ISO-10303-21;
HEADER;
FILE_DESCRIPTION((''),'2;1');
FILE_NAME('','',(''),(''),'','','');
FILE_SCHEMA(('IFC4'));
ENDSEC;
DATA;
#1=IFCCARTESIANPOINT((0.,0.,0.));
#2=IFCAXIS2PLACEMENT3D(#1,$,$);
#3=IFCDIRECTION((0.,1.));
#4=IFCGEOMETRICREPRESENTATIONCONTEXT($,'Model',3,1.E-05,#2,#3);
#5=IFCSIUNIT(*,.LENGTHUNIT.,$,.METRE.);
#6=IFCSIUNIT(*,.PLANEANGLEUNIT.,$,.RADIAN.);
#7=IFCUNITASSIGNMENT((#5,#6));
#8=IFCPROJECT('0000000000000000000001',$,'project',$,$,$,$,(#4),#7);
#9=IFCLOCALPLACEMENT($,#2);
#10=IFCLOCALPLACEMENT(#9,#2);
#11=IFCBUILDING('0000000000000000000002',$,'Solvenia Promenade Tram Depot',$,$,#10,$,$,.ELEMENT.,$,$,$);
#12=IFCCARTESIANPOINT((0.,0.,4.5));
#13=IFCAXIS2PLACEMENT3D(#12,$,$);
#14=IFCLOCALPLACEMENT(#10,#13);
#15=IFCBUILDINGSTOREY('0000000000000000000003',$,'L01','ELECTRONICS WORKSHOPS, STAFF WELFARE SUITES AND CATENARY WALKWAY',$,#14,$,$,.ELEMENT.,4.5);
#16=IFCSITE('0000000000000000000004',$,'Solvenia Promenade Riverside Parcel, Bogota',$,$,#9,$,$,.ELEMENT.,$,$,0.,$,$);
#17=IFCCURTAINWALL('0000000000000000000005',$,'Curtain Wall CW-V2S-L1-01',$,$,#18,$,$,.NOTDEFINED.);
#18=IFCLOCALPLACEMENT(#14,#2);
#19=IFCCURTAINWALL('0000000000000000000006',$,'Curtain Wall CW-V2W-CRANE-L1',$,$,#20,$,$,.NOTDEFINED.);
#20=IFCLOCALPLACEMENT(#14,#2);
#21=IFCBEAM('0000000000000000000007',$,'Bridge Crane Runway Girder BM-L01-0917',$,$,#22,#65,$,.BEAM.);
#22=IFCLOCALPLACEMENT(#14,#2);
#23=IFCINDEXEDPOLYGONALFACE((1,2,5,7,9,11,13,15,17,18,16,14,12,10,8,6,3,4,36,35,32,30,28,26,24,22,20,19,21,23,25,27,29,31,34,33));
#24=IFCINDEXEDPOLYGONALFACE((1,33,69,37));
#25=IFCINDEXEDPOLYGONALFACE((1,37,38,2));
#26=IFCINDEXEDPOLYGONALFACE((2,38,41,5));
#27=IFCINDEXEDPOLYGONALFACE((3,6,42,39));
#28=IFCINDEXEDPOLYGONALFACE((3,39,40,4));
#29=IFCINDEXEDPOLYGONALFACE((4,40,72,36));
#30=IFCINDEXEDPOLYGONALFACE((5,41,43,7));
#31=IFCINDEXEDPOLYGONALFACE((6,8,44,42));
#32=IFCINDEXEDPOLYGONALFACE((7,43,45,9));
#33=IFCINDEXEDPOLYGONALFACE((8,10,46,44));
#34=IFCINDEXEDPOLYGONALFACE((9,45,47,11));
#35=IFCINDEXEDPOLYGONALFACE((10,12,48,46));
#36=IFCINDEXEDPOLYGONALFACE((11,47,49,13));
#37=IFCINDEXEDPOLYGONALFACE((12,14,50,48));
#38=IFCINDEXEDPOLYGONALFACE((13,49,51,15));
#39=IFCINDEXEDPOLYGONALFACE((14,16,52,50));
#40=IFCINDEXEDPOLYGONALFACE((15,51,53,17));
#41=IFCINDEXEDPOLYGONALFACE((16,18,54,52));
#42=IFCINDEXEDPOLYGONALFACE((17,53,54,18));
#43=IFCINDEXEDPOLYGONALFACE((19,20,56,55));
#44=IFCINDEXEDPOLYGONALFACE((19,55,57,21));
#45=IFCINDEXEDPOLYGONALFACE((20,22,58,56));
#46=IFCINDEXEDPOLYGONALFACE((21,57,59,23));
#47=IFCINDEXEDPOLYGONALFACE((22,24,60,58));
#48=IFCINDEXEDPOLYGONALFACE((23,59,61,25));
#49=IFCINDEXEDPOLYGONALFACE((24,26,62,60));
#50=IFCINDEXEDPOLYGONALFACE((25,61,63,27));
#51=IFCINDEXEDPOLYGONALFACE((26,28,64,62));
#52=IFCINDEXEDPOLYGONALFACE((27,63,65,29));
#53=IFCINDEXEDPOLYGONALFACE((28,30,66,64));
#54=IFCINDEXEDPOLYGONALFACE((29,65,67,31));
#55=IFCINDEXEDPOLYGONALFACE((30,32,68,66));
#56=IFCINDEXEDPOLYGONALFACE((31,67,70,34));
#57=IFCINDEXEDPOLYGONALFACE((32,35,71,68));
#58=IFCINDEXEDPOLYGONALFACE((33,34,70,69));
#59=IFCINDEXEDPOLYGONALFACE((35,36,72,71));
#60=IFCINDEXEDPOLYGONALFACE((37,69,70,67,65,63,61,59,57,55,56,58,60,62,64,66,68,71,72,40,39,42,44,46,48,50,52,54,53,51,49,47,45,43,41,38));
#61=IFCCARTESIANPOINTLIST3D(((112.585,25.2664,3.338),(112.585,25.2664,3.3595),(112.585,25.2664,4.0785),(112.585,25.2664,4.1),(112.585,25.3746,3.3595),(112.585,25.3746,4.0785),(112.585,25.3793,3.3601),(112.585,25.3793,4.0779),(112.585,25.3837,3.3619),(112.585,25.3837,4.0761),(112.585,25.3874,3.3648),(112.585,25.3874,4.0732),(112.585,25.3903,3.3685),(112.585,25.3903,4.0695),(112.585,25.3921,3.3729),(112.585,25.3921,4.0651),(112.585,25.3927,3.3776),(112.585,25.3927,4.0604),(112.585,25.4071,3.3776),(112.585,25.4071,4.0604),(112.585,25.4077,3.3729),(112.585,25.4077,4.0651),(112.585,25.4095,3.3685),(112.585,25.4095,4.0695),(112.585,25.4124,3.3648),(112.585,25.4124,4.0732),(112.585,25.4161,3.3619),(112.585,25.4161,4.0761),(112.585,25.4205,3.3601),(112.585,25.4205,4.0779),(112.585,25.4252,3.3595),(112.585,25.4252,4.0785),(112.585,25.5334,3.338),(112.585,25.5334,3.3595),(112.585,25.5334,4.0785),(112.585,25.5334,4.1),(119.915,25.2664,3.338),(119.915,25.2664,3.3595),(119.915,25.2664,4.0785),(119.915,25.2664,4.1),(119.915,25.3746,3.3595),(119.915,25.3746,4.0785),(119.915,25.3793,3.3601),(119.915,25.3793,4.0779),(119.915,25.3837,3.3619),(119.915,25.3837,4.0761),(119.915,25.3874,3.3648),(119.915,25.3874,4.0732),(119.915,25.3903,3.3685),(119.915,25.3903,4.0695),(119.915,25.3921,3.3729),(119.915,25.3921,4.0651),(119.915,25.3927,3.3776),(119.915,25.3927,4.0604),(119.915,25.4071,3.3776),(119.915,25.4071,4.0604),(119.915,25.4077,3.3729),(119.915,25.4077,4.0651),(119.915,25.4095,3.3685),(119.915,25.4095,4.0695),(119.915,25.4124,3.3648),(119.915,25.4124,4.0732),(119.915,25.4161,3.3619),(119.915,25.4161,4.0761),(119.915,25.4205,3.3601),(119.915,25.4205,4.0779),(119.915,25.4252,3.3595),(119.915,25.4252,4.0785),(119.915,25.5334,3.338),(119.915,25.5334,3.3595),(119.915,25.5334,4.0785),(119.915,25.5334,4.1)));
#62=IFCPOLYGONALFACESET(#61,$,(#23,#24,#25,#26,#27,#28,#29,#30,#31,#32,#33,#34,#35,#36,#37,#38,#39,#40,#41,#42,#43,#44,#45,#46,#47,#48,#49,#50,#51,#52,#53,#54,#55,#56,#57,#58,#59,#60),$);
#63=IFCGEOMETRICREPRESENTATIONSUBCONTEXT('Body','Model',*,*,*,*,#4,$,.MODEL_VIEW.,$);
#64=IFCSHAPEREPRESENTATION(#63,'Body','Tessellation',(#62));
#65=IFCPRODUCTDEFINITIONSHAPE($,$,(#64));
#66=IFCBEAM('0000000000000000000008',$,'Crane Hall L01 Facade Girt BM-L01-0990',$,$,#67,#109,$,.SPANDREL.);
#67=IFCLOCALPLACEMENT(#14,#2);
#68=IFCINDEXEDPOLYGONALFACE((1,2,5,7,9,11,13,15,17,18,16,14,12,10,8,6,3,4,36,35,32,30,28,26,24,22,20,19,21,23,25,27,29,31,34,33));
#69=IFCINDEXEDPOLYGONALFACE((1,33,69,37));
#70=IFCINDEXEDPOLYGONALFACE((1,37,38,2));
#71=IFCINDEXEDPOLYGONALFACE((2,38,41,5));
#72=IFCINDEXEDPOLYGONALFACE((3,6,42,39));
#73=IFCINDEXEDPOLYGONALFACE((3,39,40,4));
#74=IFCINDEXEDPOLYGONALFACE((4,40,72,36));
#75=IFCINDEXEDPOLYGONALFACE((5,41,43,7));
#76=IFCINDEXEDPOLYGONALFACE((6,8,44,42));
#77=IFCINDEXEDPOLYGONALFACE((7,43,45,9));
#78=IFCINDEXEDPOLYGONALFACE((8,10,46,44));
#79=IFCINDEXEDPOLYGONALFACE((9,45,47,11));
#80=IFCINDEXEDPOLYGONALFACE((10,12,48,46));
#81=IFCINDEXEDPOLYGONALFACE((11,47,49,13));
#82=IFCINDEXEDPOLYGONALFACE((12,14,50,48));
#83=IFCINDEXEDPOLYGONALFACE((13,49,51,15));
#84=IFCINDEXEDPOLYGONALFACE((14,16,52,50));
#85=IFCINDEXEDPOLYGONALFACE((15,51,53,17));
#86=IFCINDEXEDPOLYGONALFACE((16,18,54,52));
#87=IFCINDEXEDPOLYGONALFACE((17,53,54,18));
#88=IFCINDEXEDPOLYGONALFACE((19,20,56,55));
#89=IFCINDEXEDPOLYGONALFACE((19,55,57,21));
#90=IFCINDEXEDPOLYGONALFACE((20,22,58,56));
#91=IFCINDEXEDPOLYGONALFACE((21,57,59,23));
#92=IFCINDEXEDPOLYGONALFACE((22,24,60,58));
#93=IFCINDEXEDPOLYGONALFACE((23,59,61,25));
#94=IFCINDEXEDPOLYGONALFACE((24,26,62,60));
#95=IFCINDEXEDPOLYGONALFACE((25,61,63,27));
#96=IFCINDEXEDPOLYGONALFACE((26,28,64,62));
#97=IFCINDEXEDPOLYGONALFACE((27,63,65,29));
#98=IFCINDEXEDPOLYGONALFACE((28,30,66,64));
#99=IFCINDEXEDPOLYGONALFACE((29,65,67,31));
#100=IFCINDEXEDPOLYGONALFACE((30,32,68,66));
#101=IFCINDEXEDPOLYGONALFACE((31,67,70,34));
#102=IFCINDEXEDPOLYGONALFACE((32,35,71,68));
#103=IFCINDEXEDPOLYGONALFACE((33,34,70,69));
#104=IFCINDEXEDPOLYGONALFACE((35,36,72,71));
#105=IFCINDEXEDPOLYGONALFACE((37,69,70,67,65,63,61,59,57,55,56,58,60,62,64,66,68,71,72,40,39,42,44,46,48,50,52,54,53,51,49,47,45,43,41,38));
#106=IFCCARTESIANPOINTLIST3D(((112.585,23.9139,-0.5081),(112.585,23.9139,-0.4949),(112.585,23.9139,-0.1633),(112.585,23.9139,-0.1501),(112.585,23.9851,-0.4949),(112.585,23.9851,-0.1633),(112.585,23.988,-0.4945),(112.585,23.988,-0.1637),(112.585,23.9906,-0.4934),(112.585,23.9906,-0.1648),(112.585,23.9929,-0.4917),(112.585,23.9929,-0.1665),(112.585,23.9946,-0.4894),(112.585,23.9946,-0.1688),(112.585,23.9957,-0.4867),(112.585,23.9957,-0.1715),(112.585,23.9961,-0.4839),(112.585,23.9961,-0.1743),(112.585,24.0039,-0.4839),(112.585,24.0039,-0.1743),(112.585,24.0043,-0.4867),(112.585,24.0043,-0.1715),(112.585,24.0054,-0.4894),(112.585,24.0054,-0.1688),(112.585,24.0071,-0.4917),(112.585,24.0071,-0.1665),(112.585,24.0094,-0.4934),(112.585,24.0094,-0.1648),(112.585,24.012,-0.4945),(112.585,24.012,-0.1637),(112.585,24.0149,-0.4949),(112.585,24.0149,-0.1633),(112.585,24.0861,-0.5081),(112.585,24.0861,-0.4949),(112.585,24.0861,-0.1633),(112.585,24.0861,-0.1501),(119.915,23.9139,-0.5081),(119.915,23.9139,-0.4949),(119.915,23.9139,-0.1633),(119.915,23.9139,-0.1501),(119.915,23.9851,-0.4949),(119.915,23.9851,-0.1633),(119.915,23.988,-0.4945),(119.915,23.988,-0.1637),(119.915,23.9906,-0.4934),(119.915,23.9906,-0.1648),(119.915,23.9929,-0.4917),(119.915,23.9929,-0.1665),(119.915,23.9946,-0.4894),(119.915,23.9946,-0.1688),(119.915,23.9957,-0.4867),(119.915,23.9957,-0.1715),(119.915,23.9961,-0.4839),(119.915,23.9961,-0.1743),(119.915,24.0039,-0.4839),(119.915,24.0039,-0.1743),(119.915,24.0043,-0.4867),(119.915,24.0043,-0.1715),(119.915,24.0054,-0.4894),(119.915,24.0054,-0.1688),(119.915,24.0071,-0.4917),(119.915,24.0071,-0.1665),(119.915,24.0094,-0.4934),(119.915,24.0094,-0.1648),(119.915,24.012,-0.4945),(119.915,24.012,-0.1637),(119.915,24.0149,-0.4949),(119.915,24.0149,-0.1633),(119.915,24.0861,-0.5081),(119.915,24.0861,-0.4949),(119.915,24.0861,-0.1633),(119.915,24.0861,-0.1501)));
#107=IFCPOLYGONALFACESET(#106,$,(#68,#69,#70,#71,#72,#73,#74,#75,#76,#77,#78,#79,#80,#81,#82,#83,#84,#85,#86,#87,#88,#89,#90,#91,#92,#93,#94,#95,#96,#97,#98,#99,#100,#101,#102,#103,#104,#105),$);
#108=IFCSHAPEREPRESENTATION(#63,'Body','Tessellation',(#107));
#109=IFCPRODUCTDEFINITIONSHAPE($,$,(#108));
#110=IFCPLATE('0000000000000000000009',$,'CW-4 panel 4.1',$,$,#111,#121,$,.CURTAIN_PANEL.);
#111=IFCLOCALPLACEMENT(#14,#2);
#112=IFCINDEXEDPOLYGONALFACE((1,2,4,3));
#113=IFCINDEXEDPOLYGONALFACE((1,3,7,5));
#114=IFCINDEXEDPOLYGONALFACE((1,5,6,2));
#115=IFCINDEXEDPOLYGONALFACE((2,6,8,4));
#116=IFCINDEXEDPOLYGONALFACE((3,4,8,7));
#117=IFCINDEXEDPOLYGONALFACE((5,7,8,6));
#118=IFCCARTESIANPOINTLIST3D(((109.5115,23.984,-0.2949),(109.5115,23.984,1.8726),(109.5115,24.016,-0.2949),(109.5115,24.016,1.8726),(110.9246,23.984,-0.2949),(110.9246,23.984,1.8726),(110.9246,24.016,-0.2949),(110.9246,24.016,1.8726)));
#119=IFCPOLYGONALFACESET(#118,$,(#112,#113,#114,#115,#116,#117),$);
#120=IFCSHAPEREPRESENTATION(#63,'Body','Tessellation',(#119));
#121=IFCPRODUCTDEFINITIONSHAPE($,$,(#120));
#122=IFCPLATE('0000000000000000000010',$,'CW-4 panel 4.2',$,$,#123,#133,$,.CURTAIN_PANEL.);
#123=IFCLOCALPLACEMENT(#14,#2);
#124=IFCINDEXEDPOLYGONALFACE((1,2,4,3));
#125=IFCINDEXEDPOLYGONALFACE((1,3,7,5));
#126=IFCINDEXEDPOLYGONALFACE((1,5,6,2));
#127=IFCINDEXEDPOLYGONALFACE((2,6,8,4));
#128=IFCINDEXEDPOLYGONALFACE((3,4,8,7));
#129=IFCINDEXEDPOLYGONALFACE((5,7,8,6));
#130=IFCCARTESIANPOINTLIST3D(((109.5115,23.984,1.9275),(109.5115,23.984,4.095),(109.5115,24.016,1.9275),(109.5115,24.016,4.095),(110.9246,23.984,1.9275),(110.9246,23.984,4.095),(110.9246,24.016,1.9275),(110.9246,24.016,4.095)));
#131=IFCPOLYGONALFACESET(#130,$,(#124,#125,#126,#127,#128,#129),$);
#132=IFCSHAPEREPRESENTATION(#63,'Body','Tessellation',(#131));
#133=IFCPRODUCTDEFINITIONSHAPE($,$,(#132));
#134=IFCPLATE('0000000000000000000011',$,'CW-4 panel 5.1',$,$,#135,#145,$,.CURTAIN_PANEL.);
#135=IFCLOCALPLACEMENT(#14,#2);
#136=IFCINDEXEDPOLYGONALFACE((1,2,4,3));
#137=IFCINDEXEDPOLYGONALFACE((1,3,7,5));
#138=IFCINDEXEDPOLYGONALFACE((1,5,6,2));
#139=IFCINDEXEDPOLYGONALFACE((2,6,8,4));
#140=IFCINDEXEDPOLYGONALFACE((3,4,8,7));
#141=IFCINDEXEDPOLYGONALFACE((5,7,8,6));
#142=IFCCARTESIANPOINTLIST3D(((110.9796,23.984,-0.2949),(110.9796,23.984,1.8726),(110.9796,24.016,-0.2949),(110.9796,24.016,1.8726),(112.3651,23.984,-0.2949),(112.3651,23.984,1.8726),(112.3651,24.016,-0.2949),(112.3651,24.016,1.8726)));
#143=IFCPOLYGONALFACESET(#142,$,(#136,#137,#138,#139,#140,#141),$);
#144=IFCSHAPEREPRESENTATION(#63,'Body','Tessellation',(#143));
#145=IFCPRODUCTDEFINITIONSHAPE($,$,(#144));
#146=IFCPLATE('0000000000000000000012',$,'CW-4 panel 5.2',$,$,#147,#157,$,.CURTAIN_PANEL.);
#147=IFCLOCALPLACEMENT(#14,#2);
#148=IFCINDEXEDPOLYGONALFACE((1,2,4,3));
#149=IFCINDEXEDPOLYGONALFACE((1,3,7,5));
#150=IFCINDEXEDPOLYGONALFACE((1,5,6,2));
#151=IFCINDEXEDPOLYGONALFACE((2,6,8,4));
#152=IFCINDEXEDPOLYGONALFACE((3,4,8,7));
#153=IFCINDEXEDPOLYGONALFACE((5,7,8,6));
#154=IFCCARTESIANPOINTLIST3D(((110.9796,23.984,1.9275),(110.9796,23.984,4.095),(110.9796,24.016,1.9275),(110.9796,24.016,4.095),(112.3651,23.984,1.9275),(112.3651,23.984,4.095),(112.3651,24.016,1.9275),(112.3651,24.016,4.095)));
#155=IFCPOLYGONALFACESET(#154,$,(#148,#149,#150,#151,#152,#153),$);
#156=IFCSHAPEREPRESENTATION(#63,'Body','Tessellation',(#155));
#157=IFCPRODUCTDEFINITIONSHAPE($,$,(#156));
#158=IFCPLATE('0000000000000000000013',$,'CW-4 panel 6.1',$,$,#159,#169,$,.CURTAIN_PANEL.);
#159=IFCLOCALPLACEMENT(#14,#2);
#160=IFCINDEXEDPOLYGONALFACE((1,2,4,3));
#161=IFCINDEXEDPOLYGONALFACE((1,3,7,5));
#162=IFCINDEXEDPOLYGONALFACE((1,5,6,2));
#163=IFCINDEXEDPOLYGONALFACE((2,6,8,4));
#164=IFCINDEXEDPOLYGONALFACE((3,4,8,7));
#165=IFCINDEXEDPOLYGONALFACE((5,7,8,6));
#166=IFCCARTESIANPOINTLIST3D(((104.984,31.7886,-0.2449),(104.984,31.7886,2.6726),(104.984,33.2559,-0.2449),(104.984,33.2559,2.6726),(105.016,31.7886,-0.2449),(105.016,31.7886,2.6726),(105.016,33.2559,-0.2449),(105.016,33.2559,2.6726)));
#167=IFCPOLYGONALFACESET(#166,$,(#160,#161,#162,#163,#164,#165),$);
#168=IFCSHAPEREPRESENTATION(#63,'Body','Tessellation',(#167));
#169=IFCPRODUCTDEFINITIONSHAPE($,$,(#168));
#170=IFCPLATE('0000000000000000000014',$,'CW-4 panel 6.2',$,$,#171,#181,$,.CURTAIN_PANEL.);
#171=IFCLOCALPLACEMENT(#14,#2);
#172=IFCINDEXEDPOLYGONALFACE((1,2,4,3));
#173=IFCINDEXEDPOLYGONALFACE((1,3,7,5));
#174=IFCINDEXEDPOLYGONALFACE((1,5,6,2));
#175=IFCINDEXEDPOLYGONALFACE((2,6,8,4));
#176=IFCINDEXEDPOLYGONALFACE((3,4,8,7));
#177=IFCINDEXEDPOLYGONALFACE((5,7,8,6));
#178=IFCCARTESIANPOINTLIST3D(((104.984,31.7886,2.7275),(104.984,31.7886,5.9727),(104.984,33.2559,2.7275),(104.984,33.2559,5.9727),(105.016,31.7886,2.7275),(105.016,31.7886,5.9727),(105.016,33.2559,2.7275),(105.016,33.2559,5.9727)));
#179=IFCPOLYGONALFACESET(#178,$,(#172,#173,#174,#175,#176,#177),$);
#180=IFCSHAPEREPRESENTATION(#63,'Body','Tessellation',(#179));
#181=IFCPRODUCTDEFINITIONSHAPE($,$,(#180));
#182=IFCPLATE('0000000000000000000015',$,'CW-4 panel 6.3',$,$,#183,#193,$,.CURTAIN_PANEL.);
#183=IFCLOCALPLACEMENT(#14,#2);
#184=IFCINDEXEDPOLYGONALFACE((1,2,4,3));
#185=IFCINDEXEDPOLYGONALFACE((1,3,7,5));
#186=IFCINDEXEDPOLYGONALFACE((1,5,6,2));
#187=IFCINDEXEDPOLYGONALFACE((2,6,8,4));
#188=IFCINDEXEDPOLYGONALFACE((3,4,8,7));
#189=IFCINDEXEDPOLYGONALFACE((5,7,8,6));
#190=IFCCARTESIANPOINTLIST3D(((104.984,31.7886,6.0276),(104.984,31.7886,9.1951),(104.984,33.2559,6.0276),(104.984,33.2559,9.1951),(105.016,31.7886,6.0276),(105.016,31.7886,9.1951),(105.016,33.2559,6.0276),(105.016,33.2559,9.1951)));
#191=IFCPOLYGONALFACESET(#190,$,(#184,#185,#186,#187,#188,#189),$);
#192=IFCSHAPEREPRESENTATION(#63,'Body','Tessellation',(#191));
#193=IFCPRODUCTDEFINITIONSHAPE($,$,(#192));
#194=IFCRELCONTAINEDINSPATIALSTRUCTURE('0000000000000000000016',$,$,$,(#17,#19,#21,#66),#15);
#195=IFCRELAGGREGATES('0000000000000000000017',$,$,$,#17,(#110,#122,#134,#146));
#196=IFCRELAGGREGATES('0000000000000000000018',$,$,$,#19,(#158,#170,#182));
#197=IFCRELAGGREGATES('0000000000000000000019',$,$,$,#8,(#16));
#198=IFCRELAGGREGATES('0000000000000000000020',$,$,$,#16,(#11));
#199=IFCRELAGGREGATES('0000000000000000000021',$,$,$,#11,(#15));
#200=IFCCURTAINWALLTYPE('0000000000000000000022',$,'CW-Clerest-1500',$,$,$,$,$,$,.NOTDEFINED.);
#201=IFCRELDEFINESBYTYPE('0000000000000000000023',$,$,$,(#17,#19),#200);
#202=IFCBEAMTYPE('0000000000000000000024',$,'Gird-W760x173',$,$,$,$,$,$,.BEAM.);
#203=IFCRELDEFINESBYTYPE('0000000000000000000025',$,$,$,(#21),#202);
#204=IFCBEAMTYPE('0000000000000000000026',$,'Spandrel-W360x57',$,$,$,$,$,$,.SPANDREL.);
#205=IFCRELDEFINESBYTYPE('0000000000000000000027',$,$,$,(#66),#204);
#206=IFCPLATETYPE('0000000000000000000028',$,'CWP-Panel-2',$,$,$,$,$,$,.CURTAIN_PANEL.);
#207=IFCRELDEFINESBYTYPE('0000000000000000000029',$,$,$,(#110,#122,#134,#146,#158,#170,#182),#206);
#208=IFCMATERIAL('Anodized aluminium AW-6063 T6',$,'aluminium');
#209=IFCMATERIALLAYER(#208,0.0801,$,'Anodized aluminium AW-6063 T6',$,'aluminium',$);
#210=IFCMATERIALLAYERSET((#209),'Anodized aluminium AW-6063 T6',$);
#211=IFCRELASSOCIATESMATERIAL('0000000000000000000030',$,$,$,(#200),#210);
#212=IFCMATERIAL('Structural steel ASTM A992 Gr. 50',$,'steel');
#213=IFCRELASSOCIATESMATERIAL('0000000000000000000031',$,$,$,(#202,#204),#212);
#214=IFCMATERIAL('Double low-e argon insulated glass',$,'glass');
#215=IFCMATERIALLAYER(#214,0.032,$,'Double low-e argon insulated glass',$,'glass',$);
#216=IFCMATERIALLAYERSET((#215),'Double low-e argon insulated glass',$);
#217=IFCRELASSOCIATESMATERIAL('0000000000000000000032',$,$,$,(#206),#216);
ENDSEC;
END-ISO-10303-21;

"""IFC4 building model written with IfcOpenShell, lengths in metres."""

from ifc_helpers import new_model, si_unit, direction, frame, origin, origin_2d, place, context, subcontext, project, spatial, rectangle, i_section, extrude, material, layer, layer_set, material_profile, profile_set, type_object, element, aggregate, save


model = new_model("IFC4")

# Units and contexts
model_context = context("Model", 3, precision=1e-05, world=origin(), true_north=direction((0.0, 1.0)))
body_context = subcontext(model_context, "Body", "Model", "MODEL_VIEW")
ifc_project = project(units=[si_unit("LENGTHUNIT", "METRE"), si_unit("PLANEANGLEUNIT", "RADIAN")], contexts=[model_context])

# Site, building, storey
site_placement = place(None, origin())
site = spatial("IfcSite", under=ifc_project, at=site_placement, Name="Solvenia Promenade Riverside Parcel, Bogota", CompositionType="ELEMENT", RefElevation=0.0)
building_placement = place(site_placement, origin())
building = spatial("IfcBuilding", under=site, at=building_placement, Name="Solvenia Promenade Tram Depot", CompositionType="ELEMENT")
storey_placement = place(building_placement, frame((0.0, 0.0, 4.5)))
storey = spatial("IfcBuildingStorey", under=building, at=storey_placement, Name="L01", Description="ELECTRONICS WORKSHOPS, STAFF WELFARE SUITES AND CATENARY WALKWAY", CompositionType="ELEMENT", Elevation=4.5)

# Shared definitions
ifc_material_1 = material(Name="Structural steel ASTM A992 Gr. 50", Category="steel")

# Curtain wall
ifc_material_2 = material(Name="Anodized aluminium AW-6063 T6", Category="aluminium")
ifc_layer_1 = layer(ifc_material_2, 0.0801, Name="Anodized aluminium AW-6063 T6", Category="aluminium")
ifc_layer_set_1 = layer_set([ifc_layer_1], Name="Anodized aluminium AW-6063 T6")
curtain_wall_type = type_object("IfcCurtainWallType", Name="CW-Clerest-1500", PredefinedType="NOTDEFINED", material=ifc_layer_set_1)
curtain_wall_1_placement = place(storey_placement, origin())
curtain_wall_1 = element("IfcCurtainWall", 1, at=curtain_wall_1_placement, inside=storey, type_object=curtain_wall_type, Name="Curtain Wall CW-V2S-L1-01", PredefinedType="NOTDEFINED")

# Curtain wall
curtain_wall_2_placement = place(storey_placement, origin())
curtain_wall_2 = element("IfcCurtainWall", 2, at=curtain_wall_2_placement, inside=storey, type_object=curtain_wall_type, Name="Curtain Wall CW-V2W-CRANE-L1", PredefinedType="NOTDEFINED")

# Beams
ifc_material_profile_1 = material_profile(ifc_material_1, i_section(OverallWidth=0.2671, OverallDepth=0.762, WebThickness=0.0144, FlangeThickness=0.0215, FilletRadius=0.0181, at=origin_2d()), Name="W760x173", Category="steel")
ifc_profile_set_1 = profile_set([ifc_material_profile_1], Name="Structural steel ASTM A992 Gr. 50")
beam_type_1 = type_object("IfcBeamType", Name="Gird-W760x173", PredefinedType="BEAM", material=ifc_profile_set_1)
for number, where, z_axis, x_axis, name in (
    (3, (112.585, 25.3999, 3.719), (1.0, 0.0, 0.0), (0.0, 1.0, 0.0), "Bridge Crane Runway Girder BM-L01-0917"),
):
    element("IfcBeam", number, at=place(storey_placement, frame(where, z_axis=z_axis, x_axis=x_axis)), inside=storey, type_object=beam_type_1, Name=name, PredefinedType="BEAM", context=body_context, shape_type="SweptSolid", body=[
        extrude(i_section(OverallWidth=0.2671, OverallDepth=0.762, WebThickness=0.0144, FlangeThickness=0.0215, FilletRadius=0.0181, at=origin_2d()), origin(), (0.0, 0.0, 1.0), 7.3301),
    ])
ifc_material_profile_2 = material_profile(ifc_material_1, i_section(OverallWidth=0.1721, OverallDepth=0.3579, WebThickness=0.0078, FlangeThickness=0.0132, FilletRadius=0.011, at=origin_2d()), Name="W360x57", Category="steel")
ifc_profile_set_2 = profile_set([ifc_material_profile_2], Name="Structural steel ASTM A992 Gr. 50")
beam_type_2 = type_object("IfcBeamType", Name="Spandrel-W360x57", PredefinedType="SPANDREL", material=ifc_profile_set_2)
beam_1_placement = place(storey_placement, frame((112.585, 24.0, -0.3291), z_axis=(1.0, 0.0, 0.0), x_axis=(0.0, 1.0, 0.0)))
element("IfcBeam", 4, at=beam_1_placement, inside=storey, type_object=beam_type_2, Name="Crane Hall L01 Facade Girt BM-L01-0990", PredefinedType="SPANDREL", context=body_context, shape_type="SweptSolid", body=[
    extrude(i_section(OverallWidth=0.1721, OverallDepth=0.3579, WebThickness=0.0078, FlangeThickness=0.0132, FilletRadius=0.011, at=origin_2d()), origin(), (0.0, 0.0, 1.0), 7.3301),
])

# Plates
ifc_material_3 = material(Name="Double low-e argon insulated glass", Category="glass")
ifc_layer_2 = layer(ifc_material_3, 0.032, Name="Double low-e argon insulated glass", Category="glass")
ifc_layer_set_2 = layer_set([ifc_layer_2], Name="Double low-e argon insulated glass")
plate_type = type_object("IfcPlateType", Name="CWP-Panel-2", PredefinedType="CURTAIN_PANEL", material=ifc_layer_set_2)
plate_1_placement = place(storey_placement, frame((110.218, 24.0, -0.2949), z_axis=(0.0, 0.0, 1.0), x_axis=(1.0, 0.0, 0.0)))
plate_1 = element("IfcPlate", 5, at=plate_1_placement, type_object=plate_type, Name="CW-4 panel 4.1", PredefinedType="CURTAIN_PANEL", context=body_context, shape_type="SweptSolid", body=[
    extrude(rectangle(XDim=1.4131, YDim=0.032, at=origin_2d()), origin(), (0.0, 0.0, 1.0), 2.1675),
])
plate_2_placement = place(storey_placement, frame((110.218, 24.0, 1.9275), z_axis=(0.0, 0.0, 1.0), x_axis=(1.0, 0.0, 0.0)))
plate_2 = element("IfcPlate", 6, at=plate_2_placement, type_object=plate_type, Name="CW-4 panel 4.2", PredefinedType="CURTAIN_PANEL", context=body_context, shape_type="SweptSolid", body=[
    extrude(rectangle(XDim=1.4131, YDim=0.032, at=origin_2d()), origin(), (0.0, 0.0, 1.0), 2.1675),
])
plate_3_placement = place(storey_placement, frame((111.6724, 24.0, -0.2949), z_axis=(0.0, 0.0, 1.0), x_axis=(1.0, 0.0, 0.0)))
plate_3 = element("IfcPlate", 7, at=plate_3_placement, type_object=plate_type, Name="CW-4 panel 5.1", PredefinedType="CURTAIN_PANEL", context=body_context, shape_type="SweptSolid", body=[
    extrude(rectangle(XDim=1.3855, YDim=0.032, at=origin_2d()), origin(), (0.0, 0.0, 1.0), 2.1675),
])
plate_4_placement = place(storey_placement, frame((111.6724, 24.0, 1.9275), z_axis=(0.0, 0.0, 1.0), x_axis=(1.0, 0.0, 0.0)))
plate_4 = element("IfcPlate", 8, at=plate_4_placement, type_object=plate_type, Name="CW-4 panel 5.2", PredefinedType="CURTAIN_PANEL", context=body_context, shape_type="SweptSolid", body=[
    extrude(rectangle(XDim=1.3855, YDim=0.032, at=origin_2d()), origin(), (0.0, 0.0, 1.0), 2.1675),
])
aggregate(curtain_wall_1, [plate_1, plate_2, plate_3, plate_4])
plate_5_placement = place(storey_placement, frame((105.0, 32.5222, -0.2449), z_axis=(0.0, 0.0, 1.0), x_axis=(0.0, 1.0, 0.0)))
plate_5 = element("IfcPlate", 9, at=plate_5_placement, type_object=plate_type, Name="CW-4 panel 6.1", PredefinedType="CURTAIN_PANEL", context=body_context, shape_type="SweptSolid", body=[
    extrude(rectangle(XDim=1.4673, YDim=0.032, at=origin_2d()), origin(), (0.0, 0.0, 1.0), 2.9175),
])
plate_6_placement = place(storey_placement, frame((105.0, 32.5222, 2.7275), z_axis=(0.0, 0.0, 1.0), x_axis=(0.0, 1.0, 0.0)))
plate_6 = element("IfcPlate", 10, at=plate_6_placement, type_object=plate_type, Name="CW-4 panel 6.2", PredefinedType="CURTAIN_PANEL", context=body_context, shape_type="SweptSolid", body=[
    extrude(rectangle(XDim=1.4673, YDim=0.032, at=origin_2d()), origin(), (0.0, 0.0, 1.0), 3.2451),
])
plate_7_placement = place(storey_placement, frame((105.0, 32.5222, 6.0276), z_axis=(0.0, 0.0, 1.0), x_axis=(0.0, 1.0, 0.0)))
plate_7 = element("IfcPlate", 11, at=plate_7_placement, type_object=plate_type, Name="CW-4 panel 6.3", PredefinedType="CURTAIN_PANEL", context=body_context, shape_type="SweptSolid", body=[
    extrude(rectangle(XDim=1.4673, YDim=0.032, at=origin_2d()), origin(), (0.0, 0.0, 1.0), 3.1675),
])
aggregate(curtain_wall_2, [plate_5, plate_6, plate_7])

save(model, "model.ifc")
